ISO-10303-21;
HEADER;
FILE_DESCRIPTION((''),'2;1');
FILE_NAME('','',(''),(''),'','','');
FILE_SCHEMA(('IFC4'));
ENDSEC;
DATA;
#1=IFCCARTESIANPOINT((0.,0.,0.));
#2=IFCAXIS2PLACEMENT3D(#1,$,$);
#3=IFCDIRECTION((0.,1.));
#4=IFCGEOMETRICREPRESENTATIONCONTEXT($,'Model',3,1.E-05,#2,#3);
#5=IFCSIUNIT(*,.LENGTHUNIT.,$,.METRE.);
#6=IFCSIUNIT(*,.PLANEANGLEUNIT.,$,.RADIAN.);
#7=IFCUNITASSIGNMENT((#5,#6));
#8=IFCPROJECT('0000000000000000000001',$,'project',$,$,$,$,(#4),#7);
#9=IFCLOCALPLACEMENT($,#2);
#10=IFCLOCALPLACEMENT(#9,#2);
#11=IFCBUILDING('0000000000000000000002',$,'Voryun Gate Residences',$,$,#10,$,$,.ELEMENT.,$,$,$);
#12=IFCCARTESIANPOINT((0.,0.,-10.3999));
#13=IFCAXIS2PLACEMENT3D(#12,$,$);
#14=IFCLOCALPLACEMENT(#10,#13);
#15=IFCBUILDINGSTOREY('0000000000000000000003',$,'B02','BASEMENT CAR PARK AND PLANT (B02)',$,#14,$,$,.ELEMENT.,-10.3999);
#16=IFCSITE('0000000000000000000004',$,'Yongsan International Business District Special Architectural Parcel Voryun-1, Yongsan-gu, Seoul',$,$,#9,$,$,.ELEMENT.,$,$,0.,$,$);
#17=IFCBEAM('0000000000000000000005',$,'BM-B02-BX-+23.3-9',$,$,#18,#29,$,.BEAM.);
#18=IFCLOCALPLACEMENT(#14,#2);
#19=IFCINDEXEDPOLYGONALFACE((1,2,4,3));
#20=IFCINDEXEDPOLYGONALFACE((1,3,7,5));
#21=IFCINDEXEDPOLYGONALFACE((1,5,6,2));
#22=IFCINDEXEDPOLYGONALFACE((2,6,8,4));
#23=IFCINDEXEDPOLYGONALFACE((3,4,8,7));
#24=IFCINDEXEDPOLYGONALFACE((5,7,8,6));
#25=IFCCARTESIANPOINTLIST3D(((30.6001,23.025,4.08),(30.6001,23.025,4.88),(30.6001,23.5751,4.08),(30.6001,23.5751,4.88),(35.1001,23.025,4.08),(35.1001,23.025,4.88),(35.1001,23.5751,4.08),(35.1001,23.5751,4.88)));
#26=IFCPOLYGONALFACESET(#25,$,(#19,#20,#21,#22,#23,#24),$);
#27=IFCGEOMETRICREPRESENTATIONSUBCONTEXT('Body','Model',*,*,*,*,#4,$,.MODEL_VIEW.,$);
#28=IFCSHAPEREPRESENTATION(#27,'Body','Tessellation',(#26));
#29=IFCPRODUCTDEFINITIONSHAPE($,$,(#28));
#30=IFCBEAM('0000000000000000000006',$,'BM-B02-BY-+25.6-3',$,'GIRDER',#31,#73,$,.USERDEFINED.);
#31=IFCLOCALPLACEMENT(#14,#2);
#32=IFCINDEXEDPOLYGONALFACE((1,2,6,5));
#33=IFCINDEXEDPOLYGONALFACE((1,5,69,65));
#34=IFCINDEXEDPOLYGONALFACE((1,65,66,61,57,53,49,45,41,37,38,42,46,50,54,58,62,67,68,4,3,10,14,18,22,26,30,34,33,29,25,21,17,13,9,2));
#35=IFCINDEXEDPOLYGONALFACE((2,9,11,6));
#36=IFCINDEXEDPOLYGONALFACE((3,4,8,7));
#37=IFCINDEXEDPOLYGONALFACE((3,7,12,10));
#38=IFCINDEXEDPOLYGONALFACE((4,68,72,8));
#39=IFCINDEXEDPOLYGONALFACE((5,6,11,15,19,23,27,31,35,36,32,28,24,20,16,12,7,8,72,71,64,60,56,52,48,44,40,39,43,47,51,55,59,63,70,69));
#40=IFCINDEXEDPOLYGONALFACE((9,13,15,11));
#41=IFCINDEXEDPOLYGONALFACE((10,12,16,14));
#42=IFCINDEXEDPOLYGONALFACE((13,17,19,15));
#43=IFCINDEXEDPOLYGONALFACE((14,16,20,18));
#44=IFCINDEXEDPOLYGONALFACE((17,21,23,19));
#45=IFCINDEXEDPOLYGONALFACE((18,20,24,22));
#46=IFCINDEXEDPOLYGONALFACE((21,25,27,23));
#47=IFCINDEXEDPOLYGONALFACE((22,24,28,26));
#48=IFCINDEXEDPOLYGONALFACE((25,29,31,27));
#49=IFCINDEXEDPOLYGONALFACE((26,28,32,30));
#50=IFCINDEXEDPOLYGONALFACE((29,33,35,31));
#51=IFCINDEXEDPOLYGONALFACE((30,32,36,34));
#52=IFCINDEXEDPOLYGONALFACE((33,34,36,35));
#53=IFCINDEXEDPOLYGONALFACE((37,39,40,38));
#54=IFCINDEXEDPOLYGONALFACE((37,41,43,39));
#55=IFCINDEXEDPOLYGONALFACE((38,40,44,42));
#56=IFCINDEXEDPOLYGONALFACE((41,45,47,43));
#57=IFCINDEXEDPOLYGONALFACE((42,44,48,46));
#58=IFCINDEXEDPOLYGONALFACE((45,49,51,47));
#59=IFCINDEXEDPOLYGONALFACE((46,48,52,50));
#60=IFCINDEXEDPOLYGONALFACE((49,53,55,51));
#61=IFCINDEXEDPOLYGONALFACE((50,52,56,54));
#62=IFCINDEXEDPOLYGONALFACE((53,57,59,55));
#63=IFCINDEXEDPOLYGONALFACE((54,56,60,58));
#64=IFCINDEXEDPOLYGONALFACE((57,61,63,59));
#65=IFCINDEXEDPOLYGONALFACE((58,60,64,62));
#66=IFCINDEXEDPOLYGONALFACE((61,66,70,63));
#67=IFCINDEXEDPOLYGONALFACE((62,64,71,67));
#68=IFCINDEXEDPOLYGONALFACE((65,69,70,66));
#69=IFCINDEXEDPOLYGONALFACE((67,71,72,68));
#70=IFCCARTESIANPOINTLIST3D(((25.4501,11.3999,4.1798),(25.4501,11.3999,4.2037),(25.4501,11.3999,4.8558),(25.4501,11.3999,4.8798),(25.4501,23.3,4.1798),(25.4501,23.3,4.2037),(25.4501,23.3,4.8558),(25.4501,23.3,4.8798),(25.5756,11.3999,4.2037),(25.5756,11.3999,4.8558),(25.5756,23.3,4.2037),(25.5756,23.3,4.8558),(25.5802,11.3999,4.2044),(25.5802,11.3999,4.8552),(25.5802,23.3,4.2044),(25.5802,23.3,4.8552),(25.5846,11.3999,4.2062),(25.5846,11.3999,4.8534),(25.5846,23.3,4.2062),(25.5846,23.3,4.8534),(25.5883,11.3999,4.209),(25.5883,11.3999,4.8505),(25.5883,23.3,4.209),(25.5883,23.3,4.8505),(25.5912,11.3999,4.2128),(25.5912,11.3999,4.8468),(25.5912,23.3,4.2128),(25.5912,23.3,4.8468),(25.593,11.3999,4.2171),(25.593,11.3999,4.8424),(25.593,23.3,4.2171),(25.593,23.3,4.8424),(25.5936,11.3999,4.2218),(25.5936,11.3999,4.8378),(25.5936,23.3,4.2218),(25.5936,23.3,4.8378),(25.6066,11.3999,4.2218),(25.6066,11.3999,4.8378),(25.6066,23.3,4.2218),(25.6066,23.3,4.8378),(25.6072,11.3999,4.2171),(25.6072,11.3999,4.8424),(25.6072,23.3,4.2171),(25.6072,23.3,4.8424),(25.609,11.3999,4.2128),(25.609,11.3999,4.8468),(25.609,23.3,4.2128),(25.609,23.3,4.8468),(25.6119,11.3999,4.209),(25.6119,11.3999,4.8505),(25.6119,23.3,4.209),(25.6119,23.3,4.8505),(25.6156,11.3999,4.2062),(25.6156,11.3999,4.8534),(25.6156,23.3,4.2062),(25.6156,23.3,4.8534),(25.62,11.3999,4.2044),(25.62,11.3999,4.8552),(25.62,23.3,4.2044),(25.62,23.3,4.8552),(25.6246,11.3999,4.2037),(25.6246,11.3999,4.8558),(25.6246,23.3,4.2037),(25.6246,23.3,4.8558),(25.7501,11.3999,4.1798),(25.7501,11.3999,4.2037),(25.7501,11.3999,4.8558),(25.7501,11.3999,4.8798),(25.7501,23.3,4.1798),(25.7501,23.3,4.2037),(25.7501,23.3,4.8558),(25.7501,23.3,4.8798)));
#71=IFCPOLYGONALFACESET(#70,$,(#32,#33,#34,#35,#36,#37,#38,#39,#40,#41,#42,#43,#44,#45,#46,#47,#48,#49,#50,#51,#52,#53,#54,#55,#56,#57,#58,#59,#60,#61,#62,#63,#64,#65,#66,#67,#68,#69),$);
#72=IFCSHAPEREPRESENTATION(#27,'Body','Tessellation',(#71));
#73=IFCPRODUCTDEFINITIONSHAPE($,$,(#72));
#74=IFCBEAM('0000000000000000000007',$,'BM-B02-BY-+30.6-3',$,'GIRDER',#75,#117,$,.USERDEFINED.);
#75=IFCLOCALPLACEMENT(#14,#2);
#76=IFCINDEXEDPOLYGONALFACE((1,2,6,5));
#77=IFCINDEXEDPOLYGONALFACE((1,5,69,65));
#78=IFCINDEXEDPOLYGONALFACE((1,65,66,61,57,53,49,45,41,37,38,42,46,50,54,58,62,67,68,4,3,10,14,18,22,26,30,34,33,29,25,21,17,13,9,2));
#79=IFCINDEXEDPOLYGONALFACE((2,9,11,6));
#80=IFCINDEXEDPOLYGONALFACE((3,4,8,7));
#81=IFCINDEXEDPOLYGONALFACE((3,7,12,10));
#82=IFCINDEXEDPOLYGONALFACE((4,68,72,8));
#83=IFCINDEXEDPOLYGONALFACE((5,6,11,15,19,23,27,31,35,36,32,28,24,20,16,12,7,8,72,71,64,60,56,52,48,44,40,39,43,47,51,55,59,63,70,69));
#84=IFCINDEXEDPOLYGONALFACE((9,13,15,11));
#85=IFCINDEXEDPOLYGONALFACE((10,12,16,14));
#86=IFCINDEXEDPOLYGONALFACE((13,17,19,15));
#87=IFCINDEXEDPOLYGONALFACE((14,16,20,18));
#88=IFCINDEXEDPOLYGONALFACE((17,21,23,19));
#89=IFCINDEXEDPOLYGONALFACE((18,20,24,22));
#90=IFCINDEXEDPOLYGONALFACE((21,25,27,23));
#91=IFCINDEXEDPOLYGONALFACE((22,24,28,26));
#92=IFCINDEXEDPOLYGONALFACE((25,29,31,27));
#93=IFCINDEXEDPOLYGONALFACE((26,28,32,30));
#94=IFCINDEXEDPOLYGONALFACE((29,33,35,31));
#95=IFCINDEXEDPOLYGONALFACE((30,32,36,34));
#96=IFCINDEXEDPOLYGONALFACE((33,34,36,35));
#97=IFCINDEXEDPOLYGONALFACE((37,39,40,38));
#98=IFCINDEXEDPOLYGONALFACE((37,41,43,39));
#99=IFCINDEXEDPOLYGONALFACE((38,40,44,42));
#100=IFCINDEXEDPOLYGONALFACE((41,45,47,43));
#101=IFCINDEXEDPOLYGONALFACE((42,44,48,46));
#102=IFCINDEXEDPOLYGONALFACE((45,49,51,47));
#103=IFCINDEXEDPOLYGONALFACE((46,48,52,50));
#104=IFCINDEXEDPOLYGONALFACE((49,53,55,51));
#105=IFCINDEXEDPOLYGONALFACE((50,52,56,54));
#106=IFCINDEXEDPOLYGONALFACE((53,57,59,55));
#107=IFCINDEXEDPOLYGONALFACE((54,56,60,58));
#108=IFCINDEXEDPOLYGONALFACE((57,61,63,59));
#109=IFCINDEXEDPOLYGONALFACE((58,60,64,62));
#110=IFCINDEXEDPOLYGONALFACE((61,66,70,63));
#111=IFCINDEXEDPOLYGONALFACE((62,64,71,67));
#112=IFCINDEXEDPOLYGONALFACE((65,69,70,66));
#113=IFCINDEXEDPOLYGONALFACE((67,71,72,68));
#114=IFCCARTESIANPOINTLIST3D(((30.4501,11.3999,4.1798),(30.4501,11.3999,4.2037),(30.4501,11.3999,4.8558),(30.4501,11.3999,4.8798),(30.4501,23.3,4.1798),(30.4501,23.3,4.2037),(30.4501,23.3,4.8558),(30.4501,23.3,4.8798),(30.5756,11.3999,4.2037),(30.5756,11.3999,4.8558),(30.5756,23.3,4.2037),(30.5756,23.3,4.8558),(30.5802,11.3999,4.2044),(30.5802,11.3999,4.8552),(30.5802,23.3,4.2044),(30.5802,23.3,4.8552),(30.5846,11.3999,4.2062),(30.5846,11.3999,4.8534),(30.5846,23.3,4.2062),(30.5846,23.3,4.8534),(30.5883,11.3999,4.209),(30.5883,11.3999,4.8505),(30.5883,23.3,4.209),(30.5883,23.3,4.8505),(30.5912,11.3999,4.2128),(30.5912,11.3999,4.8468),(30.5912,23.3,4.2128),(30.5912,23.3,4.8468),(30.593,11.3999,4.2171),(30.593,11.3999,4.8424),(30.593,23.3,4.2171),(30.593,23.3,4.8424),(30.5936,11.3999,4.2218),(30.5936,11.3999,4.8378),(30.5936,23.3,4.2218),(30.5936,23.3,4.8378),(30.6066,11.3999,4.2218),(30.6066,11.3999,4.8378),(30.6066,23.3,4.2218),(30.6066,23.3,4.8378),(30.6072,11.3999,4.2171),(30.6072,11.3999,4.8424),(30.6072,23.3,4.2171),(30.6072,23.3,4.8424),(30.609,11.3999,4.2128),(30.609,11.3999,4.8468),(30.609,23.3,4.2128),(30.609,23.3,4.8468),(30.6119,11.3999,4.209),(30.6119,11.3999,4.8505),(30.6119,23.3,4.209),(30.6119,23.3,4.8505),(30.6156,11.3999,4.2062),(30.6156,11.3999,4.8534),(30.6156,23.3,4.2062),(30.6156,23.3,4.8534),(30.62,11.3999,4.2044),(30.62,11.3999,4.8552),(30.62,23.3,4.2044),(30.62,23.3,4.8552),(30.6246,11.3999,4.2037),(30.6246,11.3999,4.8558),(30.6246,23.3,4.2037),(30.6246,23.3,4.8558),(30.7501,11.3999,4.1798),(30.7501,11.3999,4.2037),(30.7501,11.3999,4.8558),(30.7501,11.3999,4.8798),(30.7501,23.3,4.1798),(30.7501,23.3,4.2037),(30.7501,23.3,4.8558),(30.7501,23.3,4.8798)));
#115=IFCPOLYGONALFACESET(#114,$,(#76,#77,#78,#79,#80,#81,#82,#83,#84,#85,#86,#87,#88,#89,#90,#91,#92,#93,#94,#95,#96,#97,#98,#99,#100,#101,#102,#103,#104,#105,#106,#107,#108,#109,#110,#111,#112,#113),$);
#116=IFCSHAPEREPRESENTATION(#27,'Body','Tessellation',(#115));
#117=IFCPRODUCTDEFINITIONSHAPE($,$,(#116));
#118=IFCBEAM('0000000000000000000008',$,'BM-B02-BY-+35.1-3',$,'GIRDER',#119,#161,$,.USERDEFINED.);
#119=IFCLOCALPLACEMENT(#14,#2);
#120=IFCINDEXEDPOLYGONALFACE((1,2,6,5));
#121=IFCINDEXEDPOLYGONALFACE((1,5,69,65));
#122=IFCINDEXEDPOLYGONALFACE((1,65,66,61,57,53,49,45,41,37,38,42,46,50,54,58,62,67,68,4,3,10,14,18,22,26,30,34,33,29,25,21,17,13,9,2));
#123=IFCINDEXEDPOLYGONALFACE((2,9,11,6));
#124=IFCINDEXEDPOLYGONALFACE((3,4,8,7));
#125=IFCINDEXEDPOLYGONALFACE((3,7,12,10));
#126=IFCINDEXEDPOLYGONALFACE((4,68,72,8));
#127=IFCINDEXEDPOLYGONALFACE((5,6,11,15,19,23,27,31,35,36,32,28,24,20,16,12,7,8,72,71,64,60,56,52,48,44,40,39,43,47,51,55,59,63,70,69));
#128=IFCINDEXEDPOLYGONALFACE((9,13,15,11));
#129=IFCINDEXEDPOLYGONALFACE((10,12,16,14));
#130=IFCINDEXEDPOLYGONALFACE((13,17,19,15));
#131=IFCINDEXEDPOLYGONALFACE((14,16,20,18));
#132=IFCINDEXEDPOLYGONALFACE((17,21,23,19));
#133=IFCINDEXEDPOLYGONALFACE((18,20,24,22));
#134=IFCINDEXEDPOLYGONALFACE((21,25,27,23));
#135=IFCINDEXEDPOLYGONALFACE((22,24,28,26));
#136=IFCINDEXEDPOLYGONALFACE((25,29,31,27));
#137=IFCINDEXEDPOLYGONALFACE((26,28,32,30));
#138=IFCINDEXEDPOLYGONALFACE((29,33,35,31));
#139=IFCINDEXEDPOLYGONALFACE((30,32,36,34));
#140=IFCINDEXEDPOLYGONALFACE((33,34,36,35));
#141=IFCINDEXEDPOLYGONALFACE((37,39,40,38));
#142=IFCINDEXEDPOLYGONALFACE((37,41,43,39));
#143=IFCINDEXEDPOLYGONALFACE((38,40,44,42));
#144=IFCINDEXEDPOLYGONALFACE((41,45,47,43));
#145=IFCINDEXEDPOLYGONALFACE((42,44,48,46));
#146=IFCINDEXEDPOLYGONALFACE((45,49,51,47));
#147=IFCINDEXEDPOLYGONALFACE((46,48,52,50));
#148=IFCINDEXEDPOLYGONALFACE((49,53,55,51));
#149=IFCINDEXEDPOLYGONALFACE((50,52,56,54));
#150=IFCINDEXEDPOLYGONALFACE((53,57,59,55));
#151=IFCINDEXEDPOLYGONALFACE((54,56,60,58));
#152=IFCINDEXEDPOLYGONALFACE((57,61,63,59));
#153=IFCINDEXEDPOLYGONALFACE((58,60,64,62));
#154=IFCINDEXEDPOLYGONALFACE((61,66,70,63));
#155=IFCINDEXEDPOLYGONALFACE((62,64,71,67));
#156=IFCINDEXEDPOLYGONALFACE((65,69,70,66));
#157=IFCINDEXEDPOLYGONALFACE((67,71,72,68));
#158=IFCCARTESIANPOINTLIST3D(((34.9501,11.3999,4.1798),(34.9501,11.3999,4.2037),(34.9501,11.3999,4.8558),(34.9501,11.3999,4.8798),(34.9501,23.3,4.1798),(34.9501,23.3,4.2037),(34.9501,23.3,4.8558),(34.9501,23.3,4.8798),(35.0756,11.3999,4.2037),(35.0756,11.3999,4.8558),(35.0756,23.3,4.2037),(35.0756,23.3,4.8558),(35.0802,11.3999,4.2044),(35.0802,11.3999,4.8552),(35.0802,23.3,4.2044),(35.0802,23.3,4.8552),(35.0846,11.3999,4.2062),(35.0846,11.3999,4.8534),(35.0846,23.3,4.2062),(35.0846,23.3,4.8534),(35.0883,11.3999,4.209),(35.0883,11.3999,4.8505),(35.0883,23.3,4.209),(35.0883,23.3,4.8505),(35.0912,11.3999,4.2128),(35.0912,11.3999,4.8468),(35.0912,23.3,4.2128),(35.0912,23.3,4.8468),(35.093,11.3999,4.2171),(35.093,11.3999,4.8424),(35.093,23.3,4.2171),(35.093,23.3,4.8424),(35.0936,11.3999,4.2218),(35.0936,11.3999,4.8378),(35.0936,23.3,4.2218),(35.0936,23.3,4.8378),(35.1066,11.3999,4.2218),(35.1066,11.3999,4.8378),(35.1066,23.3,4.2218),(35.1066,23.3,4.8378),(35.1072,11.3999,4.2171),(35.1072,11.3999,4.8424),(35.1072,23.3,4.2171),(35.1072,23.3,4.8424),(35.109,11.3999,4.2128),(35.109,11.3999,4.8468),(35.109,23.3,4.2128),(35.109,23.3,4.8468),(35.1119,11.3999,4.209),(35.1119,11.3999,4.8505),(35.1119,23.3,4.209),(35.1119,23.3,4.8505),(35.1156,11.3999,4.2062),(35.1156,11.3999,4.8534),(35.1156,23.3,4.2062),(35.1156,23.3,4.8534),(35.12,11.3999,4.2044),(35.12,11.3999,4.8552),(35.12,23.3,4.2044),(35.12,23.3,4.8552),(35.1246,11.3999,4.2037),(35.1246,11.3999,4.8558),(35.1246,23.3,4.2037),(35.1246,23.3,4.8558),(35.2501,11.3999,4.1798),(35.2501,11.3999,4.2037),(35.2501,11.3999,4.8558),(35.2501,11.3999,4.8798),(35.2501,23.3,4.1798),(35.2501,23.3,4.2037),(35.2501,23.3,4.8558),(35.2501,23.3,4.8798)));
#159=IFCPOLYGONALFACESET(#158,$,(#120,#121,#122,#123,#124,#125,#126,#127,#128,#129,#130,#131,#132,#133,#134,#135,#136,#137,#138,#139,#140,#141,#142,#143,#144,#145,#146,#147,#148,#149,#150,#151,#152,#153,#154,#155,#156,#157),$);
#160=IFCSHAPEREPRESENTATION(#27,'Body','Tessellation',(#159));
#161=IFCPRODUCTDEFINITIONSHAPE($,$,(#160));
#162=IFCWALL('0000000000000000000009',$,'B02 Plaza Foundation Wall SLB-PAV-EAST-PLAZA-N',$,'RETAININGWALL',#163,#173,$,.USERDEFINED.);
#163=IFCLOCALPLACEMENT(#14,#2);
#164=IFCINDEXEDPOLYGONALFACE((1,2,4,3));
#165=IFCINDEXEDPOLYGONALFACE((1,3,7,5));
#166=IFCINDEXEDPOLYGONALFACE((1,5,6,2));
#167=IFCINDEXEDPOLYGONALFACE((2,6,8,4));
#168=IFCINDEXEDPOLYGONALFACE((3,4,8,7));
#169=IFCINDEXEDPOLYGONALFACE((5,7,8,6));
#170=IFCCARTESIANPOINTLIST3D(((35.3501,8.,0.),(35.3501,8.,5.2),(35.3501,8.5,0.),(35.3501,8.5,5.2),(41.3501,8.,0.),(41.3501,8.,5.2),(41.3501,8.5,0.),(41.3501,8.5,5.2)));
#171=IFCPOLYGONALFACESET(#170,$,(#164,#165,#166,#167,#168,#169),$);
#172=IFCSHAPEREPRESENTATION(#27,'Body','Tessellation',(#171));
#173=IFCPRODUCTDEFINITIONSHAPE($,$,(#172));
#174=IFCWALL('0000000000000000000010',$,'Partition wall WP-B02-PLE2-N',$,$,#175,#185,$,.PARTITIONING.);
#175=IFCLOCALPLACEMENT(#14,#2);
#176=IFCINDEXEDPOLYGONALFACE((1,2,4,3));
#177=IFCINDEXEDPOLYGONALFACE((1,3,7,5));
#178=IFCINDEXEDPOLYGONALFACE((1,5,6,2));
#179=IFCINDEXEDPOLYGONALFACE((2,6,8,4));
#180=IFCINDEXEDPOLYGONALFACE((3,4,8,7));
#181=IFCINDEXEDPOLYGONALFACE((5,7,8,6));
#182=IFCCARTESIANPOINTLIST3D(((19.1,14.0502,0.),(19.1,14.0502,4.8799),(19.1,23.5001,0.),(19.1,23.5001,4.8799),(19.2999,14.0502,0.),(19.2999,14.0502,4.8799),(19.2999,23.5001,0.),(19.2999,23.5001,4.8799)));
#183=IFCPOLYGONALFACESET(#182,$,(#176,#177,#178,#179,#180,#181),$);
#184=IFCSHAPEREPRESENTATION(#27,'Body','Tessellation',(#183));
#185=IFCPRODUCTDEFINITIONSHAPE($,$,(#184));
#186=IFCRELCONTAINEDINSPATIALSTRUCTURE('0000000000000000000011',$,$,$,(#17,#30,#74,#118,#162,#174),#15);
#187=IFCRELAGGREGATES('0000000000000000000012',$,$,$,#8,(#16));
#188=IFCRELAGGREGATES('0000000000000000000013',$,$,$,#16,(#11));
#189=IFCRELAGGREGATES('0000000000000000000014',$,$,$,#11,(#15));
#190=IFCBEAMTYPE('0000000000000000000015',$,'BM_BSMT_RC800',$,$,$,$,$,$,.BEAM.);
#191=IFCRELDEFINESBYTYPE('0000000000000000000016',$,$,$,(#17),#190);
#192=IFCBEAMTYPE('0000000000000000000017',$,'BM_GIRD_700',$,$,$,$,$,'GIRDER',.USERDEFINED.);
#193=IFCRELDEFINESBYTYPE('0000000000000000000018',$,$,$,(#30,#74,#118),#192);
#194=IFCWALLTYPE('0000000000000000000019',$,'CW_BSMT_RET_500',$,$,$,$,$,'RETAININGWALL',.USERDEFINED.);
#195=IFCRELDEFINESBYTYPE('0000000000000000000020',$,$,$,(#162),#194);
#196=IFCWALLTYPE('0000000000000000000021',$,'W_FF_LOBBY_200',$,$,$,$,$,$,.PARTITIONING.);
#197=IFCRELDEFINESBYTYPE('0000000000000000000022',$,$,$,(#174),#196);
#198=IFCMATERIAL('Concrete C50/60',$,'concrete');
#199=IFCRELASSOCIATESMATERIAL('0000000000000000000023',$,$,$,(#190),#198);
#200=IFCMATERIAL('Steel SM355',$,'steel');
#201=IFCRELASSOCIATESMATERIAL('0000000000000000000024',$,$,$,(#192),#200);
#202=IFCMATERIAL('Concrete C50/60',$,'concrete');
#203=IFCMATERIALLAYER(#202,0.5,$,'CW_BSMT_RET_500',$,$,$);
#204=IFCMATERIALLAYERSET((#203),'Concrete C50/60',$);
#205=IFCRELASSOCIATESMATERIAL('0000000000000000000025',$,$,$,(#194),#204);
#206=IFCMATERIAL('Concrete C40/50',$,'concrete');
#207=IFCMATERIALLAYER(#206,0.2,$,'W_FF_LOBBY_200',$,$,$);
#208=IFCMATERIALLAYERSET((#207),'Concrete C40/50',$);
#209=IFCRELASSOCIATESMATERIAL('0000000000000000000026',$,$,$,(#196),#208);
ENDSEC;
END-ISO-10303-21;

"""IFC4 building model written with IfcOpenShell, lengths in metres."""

from ifc_helpers import new_model, si_unit, direction, frame, frame_2d, origin, origin_2d, place, context, subcontext, project, spatial, rectangle, i_section, extrude, material, layer, layer_set, material_profile, profile_set, type_object, element, save


model = new_model("IFC4")

# Units and contexts
model_context = context("Model", 3, precision=1e-05, world=origin(), true_north=direction((0.0, 1.0)))
body_context = subcontext(model_context, "Body", "Model", "MODEL_VIEW")
ifc_project = project(units=[si_unit("LENGTHUNIT", "METRE"), si_unit("PLANEANGLEUNIT", "RADIAN")], contexts=[model_context])

# Site, building, storey
site_placement = place(None, origin())
site = spatial("IfcSite", under=ifc_project, at=site_placement, Name="Yongsan International Business District Special Architectural Parcel Voryun-1, Yongsan-gu, Seoul", CompositionType="ELEMENT", RefElevation=0.0)
building_placement = place(site_placement, origin())
building = spatial("IfcBuilding", under=site, at=building_placement, Name="Voryun Gate Residences", CompositionType="ELEMENT")
storey_placement = place(building_placement, frame((0.0, 0.0, -10.3999)))
storey = spatial("IfcBuildingStorey", under=building, at=storey_placement, Name="B02", Description="BASEMENT CAR PARK AND PLANT (B02)", CompositionType="ELEMENT", Elevation=-10.3999)

# Beams
ifc_material_1 = material(Name="Concrete C50/60", Category="concrete")
ifc_material_profile_1 = material_profile(ifc_material_1, rectangle(XDim=0.55, YDim=0.8, at=origin_2d()), Name="RC-550x800")
ifc_profile_set_1 = profile_set([ifc_material_profile_1], Name="Concrete C50/60")
beam_type_1 = type_object("IfcBeamType", Name="BM_BSMT_RC800", PredefinedType="BEAM", material=ifc_profile_set_1)
beam_1_placement = place(storey_placement, frame((30.6001, 23.3, 4.48), z_axis=(1.0, 0.0, 0.0), x_axis=(0.0, 1.0, 0.0)))
element("IfcBeam", 1, at=beam_1_placement, inside=storey, type_object=beam_type_1, Name="BM-B02-BX-+23.3-9", PredefinedType="BEAM", context=body_context, shape_type="SweptSolid", body=[
    extrude(rectangle(XDim=0.55, YDim=0.8, at=origin_2d()), origin(), (0.0, 0.0, 1.0), 4.5),
])
ifc_material_2 = material(Name="Steel SM355", Category="steel")
ifc_material_profile_2 = material_profile(ifc_material_2, i_section(OverallWidth=0.3, OverallDepth=0.7, WebThickness=0.0129, FlangeThickness=0.0239, FilletRadius=0.0181, at=origin_2d()), Name="H-700x300x13x24")
ifc_profile_set_2 = profile_set([ifc_material_profile_2], Name="Steel SM355")
beam_type_2 = type_object("IfcBeamType", Name="BM_GIRD_700", ElementType="GIRDER", PredefinedType="USERDEFINED", material=ifc_profile_set_2)
for number, where, z_axis, x_axis, name in (
    (2, (25.6001, 11.3999, 4.5298), (0.0, 1.0, 0.0), (-1.0, 0.0, 0.0), "BM-B02-BY-+25.6-3"),
    (3, (30.6001, 11.3999, 4.5298), (0.0, 1.0, 0.0), (-1.0, 0.0, 0.0), "BM-B02-BY-+30.6-3"),
    (4, (35.1001, 11.3999, 4.5298), (0.0, 1.0, 0.0), (-1.0, 0.0, 0.0), "BM-B02-BY-+35.1-3"),
):
    element("IfcBeam", number, at=place(storey_placement, frame(where, z_axis=z_axis, x_axis=x_axis)), inside=storey, type_object=beam_type_2, Name=name, ObjectType="GIRDER", PredefinedType="USERDEFINED", context=body_context, shape_type="SweptSolid", body=[
        extrude(i_section(OverallWidth=0.3, OverallDepth=0.7, WebThickness=0.0129, FlangeThickness=0.0239, FilletRadius=0.0181, at=origin_2d()), origin(), (0.0, 0.0, 1.0), 11.9001),
    ])

# Walls
ifc_material_3 = material(Name="Concrete C50/60", Category="concrete")
ifc_layer_1 = layer(ifc_material_3, 0.5, Name="CW_BSMT_RET_500")
ifc_layer_set_1 = layer_set([ifc_layer_1], Name="Concrete C50/60")
wall_type_1 = type_object("IfcWallType", Name="CW_BSMT_RET_500", ElementType="RETAININGWALL", PredefinedType="USERDEFINED", material=ifc_layer_set_1)
wall_1_placement = place(storey_placement, frame((35.3501, 8.25, 0.0), z_axis=(0.0, 0.0, 1.0), x_axis=(1.0, 0.0, 0.0)))
element("IfcWall", 5, at=wall_1_placement, inside=storey, type_object=wall_type_1, Name="B02 Plaza Foundation Wall SLB-PAV-EAST-PLAZA-N", ObjectType="RETAININGWALL", PredefinedType="USERDEFINED", context=body_context, shape_type="SweptSolid", body=[
    extrude(rectangle(XDim=6.0, YDim=0.5, at=frame_2d((3.0, 0.0))), origin(), (0.0, 0.0, 1.0), 5.2),
])
ifc_material_4 = material(Name="Concrete C40/50", Category="concrete")
ifc_layer_2 = layer(ifc_material_4, 0.2, Name="W_FF_LOBBY_200")
ifc_layer_set_2 = layer_set([ifc_layer_2], Name="Concrete C40/50")
wall_type_2 = type_object("IfcWallType", Name="W_FF_LOBBY_200", PredefinedType="PARTITIONING", material=ifc_layer_set_2)
wall_2_placement = place(storey_placement, frame((19.2, 14.05, 0.0), z_axis=(0.0, 0.0, 1.0), x_axis=(0.0, 1.0, 0.0)))
element("IfcWall", 6, at=wall_2_placement, inside=storey, type_object=wall_type_2, Name="Partition wall WP-B02-PLE2-N", PredefinedType="PARTITIONING", context=body_context, shape_type="SweptSolid", body=[
    extrude(rectangle(XDim=9.45, YDim=0.2, at=frame_2d((4.7251, 0.0))), origin(), (0.0, 0.0, 1.0), 4.8799),
])

save(model, "model.ifc")
